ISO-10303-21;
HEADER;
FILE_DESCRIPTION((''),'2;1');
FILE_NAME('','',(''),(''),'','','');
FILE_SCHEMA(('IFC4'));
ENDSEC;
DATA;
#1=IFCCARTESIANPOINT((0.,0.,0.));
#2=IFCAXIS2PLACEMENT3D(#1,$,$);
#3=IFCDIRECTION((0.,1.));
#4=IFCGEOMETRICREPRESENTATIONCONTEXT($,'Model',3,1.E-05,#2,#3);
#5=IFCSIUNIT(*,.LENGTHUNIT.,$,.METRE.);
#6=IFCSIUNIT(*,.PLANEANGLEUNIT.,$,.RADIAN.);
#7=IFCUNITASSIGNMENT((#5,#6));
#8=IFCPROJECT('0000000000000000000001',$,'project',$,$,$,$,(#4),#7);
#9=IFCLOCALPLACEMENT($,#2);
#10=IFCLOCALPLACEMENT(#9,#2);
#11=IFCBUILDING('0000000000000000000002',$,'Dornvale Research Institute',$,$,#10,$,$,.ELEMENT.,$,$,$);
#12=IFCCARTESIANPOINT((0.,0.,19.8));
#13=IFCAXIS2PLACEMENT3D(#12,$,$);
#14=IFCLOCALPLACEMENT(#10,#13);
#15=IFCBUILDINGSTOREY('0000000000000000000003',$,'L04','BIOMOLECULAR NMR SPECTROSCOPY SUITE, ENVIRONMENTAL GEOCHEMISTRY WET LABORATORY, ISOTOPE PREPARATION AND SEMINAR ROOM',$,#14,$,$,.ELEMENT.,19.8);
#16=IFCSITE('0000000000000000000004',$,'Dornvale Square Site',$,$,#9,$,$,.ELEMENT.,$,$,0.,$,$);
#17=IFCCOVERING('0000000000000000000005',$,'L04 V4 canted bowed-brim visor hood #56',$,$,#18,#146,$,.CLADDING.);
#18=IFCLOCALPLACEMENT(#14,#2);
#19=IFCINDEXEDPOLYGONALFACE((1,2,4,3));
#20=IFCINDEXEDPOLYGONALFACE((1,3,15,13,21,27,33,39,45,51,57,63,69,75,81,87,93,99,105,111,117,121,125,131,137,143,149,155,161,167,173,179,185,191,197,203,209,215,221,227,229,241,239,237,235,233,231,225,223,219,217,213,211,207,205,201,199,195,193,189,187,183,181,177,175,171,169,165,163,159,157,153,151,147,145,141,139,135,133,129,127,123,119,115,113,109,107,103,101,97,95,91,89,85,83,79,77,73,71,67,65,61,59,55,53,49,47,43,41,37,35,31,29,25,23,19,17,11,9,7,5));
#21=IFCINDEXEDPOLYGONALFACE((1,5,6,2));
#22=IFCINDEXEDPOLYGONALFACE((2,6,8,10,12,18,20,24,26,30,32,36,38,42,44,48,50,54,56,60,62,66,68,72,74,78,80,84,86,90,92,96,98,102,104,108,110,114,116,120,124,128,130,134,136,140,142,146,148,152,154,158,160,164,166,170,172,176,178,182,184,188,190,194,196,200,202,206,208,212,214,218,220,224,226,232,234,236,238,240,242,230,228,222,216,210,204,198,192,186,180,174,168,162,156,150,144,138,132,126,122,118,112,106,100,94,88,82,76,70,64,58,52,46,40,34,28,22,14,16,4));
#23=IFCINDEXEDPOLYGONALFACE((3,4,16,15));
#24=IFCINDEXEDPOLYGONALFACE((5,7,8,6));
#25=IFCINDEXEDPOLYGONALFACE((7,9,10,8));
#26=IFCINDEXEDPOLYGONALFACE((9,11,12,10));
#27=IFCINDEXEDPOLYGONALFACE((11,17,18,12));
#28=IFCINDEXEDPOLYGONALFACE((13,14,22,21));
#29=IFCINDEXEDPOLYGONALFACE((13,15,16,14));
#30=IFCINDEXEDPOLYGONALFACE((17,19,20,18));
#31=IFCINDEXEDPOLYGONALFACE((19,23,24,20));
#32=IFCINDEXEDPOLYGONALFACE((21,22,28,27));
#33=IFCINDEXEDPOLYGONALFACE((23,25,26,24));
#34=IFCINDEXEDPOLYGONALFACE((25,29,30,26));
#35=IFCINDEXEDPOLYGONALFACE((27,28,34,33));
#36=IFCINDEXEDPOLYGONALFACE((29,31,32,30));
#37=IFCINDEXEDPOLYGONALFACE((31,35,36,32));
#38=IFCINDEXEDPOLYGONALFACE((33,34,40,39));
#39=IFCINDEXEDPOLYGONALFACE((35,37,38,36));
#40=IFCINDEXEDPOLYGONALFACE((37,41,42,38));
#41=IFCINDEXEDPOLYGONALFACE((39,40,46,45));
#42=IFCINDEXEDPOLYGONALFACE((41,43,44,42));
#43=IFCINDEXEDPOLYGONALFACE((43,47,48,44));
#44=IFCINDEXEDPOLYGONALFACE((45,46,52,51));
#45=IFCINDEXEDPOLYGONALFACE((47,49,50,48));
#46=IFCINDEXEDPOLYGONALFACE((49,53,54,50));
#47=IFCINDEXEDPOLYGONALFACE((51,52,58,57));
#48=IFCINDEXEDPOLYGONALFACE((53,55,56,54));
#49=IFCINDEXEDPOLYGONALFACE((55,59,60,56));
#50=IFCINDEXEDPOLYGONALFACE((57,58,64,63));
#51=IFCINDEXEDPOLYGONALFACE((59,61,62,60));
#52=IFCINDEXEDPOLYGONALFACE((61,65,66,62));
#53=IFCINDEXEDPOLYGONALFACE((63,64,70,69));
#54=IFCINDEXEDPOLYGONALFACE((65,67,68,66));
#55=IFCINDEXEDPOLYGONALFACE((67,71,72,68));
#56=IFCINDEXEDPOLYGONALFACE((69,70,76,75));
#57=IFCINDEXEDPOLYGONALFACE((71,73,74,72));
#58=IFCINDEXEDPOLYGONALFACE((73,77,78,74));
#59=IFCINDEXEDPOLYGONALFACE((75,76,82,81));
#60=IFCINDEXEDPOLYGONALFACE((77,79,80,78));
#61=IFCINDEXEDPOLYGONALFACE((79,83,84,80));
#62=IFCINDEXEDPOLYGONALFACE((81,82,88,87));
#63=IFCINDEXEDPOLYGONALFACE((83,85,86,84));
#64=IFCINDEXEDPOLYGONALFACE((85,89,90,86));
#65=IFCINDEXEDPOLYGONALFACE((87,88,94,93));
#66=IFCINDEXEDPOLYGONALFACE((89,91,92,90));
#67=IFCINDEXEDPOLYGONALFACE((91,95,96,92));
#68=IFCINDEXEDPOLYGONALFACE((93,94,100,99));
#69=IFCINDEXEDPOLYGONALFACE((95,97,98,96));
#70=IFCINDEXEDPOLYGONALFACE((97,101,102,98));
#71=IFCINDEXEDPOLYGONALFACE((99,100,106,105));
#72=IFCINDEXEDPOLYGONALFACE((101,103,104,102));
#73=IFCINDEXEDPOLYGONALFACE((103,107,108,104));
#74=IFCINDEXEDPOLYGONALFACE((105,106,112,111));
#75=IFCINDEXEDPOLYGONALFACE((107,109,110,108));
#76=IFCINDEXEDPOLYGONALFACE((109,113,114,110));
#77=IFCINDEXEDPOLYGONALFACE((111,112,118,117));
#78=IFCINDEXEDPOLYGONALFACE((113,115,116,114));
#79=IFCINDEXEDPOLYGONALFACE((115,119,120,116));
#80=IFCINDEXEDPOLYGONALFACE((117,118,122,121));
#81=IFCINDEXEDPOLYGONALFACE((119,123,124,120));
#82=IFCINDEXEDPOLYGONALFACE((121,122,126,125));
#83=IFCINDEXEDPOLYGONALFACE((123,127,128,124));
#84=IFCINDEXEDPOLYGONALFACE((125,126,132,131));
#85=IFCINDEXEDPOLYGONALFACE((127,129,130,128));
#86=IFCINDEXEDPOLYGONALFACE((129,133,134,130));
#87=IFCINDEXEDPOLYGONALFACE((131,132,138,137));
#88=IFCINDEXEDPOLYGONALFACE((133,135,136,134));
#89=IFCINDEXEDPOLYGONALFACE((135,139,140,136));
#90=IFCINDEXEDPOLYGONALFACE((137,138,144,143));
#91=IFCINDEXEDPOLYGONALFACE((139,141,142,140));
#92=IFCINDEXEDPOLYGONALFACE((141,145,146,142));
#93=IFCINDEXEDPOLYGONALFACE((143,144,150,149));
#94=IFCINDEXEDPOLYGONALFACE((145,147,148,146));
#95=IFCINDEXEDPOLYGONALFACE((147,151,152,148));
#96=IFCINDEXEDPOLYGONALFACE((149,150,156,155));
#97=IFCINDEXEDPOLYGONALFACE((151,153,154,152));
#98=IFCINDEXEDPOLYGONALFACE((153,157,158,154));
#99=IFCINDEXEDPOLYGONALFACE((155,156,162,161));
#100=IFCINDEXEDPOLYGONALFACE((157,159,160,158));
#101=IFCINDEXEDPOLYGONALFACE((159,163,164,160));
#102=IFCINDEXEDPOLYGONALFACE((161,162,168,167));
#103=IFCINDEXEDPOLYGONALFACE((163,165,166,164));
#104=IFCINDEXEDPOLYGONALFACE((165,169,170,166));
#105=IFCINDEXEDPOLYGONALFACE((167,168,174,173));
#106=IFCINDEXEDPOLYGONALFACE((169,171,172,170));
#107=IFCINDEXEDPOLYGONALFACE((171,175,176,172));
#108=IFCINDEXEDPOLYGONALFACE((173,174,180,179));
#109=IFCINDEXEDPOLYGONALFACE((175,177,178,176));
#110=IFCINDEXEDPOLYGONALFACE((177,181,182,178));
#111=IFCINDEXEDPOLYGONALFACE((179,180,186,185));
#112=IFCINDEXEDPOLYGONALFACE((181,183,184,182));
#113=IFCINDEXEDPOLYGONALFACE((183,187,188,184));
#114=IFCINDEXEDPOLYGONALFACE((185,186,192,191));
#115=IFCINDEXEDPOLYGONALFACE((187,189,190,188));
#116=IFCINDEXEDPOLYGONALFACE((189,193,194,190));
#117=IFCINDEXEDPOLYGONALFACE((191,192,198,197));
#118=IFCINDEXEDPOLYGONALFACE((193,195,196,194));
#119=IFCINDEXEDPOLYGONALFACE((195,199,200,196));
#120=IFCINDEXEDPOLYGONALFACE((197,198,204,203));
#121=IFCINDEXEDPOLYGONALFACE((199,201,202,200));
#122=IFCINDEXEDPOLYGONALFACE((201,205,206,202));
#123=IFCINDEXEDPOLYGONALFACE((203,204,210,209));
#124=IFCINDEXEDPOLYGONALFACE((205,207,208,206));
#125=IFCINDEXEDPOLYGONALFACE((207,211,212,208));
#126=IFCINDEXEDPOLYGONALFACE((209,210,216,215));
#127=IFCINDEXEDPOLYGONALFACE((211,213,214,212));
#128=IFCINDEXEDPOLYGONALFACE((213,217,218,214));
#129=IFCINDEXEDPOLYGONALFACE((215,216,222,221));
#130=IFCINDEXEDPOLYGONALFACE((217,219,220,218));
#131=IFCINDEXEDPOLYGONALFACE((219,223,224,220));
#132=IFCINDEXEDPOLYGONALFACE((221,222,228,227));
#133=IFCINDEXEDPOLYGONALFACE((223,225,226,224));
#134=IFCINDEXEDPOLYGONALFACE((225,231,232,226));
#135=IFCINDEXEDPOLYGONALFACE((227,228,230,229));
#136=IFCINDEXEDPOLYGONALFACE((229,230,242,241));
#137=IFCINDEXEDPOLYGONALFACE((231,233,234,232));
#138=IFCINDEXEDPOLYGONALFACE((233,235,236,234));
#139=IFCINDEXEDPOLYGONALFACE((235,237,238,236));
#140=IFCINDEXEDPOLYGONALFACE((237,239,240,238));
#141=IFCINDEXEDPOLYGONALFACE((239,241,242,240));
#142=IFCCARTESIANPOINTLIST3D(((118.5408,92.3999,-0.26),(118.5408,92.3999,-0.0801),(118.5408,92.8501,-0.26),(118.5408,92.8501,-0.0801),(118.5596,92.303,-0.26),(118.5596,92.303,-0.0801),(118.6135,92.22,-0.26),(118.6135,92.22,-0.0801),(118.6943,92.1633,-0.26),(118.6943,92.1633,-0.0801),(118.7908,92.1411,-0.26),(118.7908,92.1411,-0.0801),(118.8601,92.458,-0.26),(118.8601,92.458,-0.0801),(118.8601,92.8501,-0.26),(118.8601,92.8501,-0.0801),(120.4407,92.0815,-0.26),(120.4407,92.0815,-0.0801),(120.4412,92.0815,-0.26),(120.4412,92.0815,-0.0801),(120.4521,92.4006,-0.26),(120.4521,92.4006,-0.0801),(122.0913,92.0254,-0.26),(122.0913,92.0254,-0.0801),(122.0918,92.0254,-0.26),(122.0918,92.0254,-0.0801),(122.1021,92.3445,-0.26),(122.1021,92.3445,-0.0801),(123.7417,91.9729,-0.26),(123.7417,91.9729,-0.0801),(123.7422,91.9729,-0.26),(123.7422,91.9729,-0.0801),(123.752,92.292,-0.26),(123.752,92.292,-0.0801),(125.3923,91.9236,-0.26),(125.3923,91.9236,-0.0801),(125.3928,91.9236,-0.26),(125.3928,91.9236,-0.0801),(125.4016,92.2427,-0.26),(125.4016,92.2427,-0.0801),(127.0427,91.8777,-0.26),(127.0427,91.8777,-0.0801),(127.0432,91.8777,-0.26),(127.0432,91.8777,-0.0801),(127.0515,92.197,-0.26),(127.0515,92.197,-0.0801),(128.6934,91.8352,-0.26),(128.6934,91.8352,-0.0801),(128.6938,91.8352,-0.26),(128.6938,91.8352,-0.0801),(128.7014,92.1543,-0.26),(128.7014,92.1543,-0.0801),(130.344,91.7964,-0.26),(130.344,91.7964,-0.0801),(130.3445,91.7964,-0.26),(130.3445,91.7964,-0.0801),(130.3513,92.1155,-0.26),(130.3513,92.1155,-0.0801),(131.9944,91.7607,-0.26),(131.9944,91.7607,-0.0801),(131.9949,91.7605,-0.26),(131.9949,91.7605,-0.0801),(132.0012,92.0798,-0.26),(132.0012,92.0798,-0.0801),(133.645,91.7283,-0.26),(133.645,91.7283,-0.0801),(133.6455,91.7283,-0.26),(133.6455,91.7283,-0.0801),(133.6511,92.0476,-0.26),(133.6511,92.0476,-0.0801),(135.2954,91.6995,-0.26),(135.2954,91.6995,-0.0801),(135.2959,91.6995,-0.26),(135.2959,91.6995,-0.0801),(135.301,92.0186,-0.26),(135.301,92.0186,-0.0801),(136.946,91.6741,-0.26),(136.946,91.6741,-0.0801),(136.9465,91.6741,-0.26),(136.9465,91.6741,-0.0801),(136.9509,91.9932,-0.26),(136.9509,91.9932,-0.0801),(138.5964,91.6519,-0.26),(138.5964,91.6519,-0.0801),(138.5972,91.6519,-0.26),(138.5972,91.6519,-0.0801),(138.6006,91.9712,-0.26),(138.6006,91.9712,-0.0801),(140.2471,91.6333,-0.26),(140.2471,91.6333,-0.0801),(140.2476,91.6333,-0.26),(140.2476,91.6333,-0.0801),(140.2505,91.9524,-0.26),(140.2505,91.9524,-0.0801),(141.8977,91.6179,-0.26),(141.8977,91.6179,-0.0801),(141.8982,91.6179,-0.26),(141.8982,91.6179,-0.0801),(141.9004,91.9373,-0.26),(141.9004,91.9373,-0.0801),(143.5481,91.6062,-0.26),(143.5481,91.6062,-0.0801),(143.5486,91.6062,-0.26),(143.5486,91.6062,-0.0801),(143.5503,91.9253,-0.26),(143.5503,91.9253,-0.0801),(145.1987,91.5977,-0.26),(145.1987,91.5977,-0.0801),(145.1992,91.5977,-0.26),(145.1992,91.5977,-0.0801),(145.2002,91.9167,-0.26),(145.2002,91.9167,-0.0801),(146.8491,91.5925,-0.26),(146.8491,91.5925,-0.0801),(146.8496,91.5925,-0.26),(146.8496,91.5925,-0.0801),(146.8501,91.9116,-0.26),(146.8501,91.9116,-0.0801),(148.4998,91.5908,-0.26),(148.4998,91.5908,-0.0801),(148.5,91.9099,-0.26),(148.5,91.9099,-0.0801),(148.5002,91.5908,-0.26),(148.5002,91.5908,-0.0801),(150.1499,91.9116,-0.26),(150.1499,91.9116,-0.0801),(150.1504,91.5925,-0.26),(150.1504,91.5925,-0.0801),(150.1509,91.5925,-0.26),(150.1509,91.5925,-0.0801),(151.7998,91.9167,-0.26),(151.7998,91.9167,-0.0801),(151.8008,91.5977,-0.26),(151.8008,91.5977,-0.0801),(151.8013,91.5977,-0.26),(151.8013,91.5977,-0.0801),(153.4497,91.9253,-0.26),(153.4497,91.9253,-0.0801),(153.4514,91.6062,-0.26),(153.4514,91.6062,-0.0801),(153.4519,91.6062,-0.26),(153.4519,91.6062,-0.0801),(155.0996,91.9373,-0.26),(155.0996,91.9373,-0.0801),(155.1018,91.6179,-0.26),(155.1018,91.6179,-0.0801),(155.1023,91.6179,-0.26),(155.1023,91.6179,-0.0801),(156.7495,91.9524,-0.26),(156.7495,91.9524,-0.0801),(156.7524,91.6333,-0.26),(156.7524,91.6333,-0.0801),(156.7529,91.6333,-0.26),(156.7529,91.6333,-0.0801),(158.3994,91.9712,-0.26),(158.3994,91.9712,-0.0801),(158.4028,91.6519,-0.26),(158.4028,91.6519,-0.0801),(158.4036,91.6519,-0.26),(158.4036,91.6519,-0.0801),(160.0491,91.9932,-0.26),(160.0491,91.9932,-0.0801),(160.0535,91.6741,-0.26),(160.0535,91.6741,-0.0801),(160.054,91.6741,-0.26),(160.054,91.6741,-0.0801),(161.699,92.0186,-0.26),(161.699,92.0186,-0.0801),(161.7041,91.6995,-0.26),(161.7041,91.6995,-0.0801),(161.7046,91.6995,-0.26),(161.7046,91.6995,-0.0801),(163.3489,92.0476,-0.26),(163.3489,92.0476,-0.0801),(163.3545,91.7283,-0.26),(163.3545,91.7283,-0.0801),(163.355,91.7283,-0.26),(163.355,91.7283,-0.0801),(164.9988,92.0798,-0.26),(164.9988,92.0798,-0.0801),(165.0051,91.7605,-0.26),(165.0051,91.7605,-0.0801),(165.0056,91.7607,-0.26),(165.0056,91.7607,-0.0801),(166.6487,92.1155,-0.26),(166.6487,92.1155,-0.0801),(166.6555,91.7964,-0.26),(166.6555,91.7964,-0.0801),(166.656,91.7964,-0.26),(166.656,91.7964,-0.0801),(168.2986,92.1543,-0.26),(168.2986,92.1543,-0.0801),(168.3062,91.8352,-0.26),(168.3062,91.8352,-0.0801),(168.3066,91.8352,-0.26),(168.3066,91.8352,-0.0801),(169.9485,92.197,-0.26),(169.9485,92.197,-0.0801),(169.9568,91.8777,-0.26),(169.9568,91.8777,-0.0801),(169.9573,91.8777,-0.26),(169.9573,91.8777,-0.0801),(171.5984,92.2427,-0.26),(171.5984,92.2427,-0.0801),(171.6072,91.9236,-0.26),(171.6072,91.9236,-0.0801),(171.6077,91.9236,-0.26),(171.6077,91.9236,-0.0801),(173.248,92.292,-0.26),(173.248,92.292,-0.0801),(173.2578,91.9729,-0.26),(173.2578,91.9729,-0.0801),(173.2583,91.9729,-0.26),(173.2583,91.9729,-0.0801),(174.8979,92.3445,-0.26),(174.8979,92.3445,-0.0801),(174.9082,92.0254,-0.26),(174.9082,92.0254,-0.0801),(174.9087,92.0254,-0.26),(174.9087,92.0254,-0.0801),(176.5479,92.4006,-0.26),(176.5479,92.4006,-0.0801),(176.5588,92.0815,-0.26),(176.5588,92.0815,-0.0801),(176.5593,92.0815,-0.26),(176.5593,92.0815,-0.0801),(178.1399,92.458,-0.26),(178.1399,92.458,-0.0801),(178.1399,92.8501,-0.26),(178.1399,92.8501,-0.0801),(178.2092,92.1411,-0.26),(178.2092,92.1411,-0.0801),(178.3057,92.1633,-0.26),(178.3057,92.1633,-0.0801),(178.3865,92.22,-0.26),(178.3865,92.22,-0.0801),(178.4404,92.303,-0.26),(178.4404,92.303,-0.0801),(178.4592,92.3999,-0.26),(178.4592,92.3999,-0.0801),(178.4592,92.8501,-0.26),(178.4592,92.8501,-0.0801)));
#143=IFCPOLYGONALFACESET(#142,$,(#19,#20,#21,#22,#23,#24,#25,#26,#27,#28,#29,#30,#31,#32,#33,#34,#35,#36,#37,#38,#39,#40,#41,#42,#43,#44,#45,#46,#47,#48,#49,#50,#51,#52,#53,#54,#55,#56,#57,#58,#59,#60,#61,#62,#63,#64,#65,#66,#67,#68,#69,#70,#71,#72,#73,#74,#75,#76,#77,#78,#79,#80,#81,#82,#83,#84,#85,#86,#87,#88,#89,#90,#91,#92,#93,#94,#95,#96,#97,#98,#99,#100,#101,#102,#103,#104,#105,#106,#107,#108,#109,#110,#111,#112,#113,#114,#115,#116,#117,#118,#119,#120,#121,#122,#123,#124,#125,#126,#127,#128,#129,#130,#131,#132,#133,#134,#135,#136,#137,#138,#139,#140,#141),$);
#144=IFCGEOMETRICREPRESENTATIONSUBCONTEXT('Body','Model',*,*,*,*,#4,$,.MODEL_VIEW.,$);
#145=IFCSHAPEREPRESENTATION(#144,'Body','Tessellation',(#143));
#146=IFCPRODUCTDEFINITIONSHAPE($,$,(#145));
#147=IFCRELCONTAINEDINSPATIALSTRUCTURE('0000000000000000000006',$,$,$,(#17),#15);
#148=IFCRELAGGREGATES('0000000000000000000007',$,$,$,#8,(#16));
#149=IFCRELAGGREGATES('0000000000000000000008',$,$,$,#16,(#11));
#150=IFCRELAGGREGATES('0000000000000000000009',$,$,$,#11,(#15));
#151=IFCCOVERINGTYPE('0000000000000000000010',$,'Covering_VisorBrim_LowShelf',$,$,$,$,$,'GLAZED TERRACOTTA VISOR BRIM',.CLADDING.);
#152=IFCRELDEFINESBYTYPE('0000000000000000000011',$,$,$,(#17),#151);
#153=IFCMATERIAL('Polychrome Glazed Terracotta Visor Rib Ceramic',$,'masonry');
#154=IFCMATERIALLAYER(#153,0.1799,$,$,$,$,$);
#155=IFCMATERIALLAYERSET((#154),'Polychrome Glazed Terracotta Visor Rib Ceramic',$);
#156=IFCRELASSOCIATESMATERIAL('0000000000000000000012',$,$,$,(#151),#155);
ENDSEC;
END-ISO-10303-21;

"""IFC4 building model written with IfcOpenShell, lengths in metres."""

from ifc_helpers import new_model, si_unit, direction, frame, origin, place, context, subcontext, project, spatial, polyline, outline, extrude, material, layer, layer_set, type_object, element, save


model = new_model("IFC4")

# Units and contexts
model_context = context("Model", 3, precision=1e-05, world=origin(), true_north=direction((0.0, 1.0)))
body_context = subcontext(model_context, "Body", "Model", "MODEL_VIEW")
ifc_project = project(units=[si_unit("LENGTHUNIT", "METRE"), si_unit("PLANEANGLEUNIT", "RADIAN")], contexts=[model_context])

# Site, building, storey
site_placement = place(None, origin())
site = spatial("IfcSite", under=ifc_project, at=site_placement, Name="Dornvale Square Site", CompositionType="ELEMENT", RefElevation=0.0)
building_placement = place(site_placement, origin())
building = spatial("IfcBuilding", under=site, at=building_placement, Name="Dornvale Research Institute", CompositionType="ELEMENT")
storey_placement = place(building_placement, frame((0.0, 0.0, 19.8)))
storey = spatial("IfcBuildingStorey", under=building, at=storey_placement, Name="L04", Description="BIOMOLECULAR NMR SPECTROSCOPY SUITE, ENVIRONMENTAL GEOCHEMISTRY WET LABORATORY, ISOTOPE PREPARATION AND SEMINAR ROOM", CompositionType="ELEMENT", Elevation=19.8)

# Covering
ifc_material_1 = material(Name="Polychrome Glazed Terracotta Visor Rib Ceramic", Category="masonry")
ifc_layer_1 = layer(ifc_material_1, 0.1799)
ifc_layer_set_1 = layer_set([ifc_layer_1], Name="Polychrome Glazed Terracotta Visor Rib Ceramic")
covering_type_1 = type_object("IfcCoveringType", Name="Covering_VisorBrim_LowShelf", ElementType="GLAZED TERRACOTTA VISOR BRIM", PredefinedType="CLADDING", material=ifc_layer_set_1)
covering_1_placement = place(storey_placement, frame((0.0, 0.0, -0.26)))
element("IfcCovering", 1, at=covering_1_placement, inside=storey, type_object=covering_type_1, Name="L04 V4 canted bowed-brim visor hood #56", PredefinedType="CLADDING", context=body_context, shape_type="SweptSolid", body=[
    extrude(outline(polyline([(178.4592, 92.3999), (178.4404, 92.303), (178.3865, 92.22), (178.3057, 92.1633), (178.2092, 92.1411), (176.5593, 92.0815), (176.5588, 92.0815), (174.9087, 92.0254), (174.9082, 92.0254), (173.2583, 91.9729), (173.2578, 91.9729), (171.6077, 91.9236), (171.6072, 91.9236), (169.9573, 91.8777), (169.9568, 91.8777), (168.3066, 91.8352), (168.3062, 91.8352), (166.656, 91.7964), (166.6555, 91.7964), (165.0056, 91.7607), (165.0051, 91.7605), (163.355, 91.7283), (163.3545, 91.7283), (161.7046, 91.6995), (161.7041, 91.6995), (160.054, 91.6741), (160.0535, 91.6741), (158.4036, 91.6519), (158.4028, 91.6519), (156.7529, 91.6333), (156.7524, 91.6333), (155.1023, 91.6179), (155.1018, 91.6179), (153.4519, 91.6062), (153.4514, 91.6062), (151.8013, 91.5977), (151.8008, 91.5977), (150.1509, 91.5925), (150.1504, 91.5925), (148.5002, 91.5908), (148.4998, 91.5908), (146.8496, 91.5925), (146.8491, 91.5925), (145.1992, 91.5977), (145.1987, 91.5977), (143.5486, 91.6062), (143.5481, 91.6062), (141.8982, 91.6179), (141.8977, 91.6179), (140.2476, 91.6333), (140.2471, 91.6333), (138.5972, 91.6519), (138.5964, 91.6519), (136.9465, 91.6741), (136.946, 91.6741), (135.2959, 91.6995), (135.2954, 91.6995), (133.6455, 91.7283), (133.645, 91.7283), (131.9949, 91.7605), (131.9944, 91.7607), (130.3445, 91.7964), (130.344, 91.7964), (128.6938, 91.8352), (128.6934, 91.8352), (127.0432, 91.8777), (127.0427, 91.8777), (125.3928, 91.9236), (125.3923, 91.9236), (123.7422, 91.9729), (123.7417, 91.9729), (122.0918, 92.0254), (122.0913, 92.0254), (120.4412, 92.0815), (120.4407, 92.0815), (118.7908, 92.1411), (118.6943, 92.1633), (118.6135, 92.22), (118.5596, 92.303), (118.5408, 92.3999), (118.5408, 92.8501), (118.8601, 92.8501), (118.8601, 92.458), (120.4521, 92.4006), (122.1021, 92.3445), (123.752, 92.292), (125.4016, 92.2427), (127.0515, 92.197), (128.7014, 92.1543), (130.3513, 92.1155), (132.0012, 92.0798), (133.6511, 92.0476), (135.301, 92.0186), (136.9509, 91.9932), (138.6006, 91.9712), (140.2505, 91.9524), (141.9004, 91.9373), (143.5503, 91.9253), (145.2002, 91.9167), (146.8501, 91.9116), (148.5, 91.9099), (150.1499, 91.9116), (151.7998, 91.9167), (153.4497, 91.9253), (155.0996, 91.9373), (156.7495, 91.9524), (158.3994, 91.9712), (160.0491, 91.9932), (161.699, 92.0186), (163.3489, 92.0476), (164.9988, 92.0798), (166.6487, 92.1155), (168.2986, 92.1543), (169.9485, 92.197), (171.5984, 92.2427), (173.248, 92.292), (174.8979, 92.3445), (176.5479, 92.4006), (178.1399, 92.458), (178.1399, 92.8501), (178.4592, 92.8501), (178.4592, 92.3999)])), origin(), (0.0, 0.0, 1.0), 0.1799),
])

save(model, "model.ifc")
